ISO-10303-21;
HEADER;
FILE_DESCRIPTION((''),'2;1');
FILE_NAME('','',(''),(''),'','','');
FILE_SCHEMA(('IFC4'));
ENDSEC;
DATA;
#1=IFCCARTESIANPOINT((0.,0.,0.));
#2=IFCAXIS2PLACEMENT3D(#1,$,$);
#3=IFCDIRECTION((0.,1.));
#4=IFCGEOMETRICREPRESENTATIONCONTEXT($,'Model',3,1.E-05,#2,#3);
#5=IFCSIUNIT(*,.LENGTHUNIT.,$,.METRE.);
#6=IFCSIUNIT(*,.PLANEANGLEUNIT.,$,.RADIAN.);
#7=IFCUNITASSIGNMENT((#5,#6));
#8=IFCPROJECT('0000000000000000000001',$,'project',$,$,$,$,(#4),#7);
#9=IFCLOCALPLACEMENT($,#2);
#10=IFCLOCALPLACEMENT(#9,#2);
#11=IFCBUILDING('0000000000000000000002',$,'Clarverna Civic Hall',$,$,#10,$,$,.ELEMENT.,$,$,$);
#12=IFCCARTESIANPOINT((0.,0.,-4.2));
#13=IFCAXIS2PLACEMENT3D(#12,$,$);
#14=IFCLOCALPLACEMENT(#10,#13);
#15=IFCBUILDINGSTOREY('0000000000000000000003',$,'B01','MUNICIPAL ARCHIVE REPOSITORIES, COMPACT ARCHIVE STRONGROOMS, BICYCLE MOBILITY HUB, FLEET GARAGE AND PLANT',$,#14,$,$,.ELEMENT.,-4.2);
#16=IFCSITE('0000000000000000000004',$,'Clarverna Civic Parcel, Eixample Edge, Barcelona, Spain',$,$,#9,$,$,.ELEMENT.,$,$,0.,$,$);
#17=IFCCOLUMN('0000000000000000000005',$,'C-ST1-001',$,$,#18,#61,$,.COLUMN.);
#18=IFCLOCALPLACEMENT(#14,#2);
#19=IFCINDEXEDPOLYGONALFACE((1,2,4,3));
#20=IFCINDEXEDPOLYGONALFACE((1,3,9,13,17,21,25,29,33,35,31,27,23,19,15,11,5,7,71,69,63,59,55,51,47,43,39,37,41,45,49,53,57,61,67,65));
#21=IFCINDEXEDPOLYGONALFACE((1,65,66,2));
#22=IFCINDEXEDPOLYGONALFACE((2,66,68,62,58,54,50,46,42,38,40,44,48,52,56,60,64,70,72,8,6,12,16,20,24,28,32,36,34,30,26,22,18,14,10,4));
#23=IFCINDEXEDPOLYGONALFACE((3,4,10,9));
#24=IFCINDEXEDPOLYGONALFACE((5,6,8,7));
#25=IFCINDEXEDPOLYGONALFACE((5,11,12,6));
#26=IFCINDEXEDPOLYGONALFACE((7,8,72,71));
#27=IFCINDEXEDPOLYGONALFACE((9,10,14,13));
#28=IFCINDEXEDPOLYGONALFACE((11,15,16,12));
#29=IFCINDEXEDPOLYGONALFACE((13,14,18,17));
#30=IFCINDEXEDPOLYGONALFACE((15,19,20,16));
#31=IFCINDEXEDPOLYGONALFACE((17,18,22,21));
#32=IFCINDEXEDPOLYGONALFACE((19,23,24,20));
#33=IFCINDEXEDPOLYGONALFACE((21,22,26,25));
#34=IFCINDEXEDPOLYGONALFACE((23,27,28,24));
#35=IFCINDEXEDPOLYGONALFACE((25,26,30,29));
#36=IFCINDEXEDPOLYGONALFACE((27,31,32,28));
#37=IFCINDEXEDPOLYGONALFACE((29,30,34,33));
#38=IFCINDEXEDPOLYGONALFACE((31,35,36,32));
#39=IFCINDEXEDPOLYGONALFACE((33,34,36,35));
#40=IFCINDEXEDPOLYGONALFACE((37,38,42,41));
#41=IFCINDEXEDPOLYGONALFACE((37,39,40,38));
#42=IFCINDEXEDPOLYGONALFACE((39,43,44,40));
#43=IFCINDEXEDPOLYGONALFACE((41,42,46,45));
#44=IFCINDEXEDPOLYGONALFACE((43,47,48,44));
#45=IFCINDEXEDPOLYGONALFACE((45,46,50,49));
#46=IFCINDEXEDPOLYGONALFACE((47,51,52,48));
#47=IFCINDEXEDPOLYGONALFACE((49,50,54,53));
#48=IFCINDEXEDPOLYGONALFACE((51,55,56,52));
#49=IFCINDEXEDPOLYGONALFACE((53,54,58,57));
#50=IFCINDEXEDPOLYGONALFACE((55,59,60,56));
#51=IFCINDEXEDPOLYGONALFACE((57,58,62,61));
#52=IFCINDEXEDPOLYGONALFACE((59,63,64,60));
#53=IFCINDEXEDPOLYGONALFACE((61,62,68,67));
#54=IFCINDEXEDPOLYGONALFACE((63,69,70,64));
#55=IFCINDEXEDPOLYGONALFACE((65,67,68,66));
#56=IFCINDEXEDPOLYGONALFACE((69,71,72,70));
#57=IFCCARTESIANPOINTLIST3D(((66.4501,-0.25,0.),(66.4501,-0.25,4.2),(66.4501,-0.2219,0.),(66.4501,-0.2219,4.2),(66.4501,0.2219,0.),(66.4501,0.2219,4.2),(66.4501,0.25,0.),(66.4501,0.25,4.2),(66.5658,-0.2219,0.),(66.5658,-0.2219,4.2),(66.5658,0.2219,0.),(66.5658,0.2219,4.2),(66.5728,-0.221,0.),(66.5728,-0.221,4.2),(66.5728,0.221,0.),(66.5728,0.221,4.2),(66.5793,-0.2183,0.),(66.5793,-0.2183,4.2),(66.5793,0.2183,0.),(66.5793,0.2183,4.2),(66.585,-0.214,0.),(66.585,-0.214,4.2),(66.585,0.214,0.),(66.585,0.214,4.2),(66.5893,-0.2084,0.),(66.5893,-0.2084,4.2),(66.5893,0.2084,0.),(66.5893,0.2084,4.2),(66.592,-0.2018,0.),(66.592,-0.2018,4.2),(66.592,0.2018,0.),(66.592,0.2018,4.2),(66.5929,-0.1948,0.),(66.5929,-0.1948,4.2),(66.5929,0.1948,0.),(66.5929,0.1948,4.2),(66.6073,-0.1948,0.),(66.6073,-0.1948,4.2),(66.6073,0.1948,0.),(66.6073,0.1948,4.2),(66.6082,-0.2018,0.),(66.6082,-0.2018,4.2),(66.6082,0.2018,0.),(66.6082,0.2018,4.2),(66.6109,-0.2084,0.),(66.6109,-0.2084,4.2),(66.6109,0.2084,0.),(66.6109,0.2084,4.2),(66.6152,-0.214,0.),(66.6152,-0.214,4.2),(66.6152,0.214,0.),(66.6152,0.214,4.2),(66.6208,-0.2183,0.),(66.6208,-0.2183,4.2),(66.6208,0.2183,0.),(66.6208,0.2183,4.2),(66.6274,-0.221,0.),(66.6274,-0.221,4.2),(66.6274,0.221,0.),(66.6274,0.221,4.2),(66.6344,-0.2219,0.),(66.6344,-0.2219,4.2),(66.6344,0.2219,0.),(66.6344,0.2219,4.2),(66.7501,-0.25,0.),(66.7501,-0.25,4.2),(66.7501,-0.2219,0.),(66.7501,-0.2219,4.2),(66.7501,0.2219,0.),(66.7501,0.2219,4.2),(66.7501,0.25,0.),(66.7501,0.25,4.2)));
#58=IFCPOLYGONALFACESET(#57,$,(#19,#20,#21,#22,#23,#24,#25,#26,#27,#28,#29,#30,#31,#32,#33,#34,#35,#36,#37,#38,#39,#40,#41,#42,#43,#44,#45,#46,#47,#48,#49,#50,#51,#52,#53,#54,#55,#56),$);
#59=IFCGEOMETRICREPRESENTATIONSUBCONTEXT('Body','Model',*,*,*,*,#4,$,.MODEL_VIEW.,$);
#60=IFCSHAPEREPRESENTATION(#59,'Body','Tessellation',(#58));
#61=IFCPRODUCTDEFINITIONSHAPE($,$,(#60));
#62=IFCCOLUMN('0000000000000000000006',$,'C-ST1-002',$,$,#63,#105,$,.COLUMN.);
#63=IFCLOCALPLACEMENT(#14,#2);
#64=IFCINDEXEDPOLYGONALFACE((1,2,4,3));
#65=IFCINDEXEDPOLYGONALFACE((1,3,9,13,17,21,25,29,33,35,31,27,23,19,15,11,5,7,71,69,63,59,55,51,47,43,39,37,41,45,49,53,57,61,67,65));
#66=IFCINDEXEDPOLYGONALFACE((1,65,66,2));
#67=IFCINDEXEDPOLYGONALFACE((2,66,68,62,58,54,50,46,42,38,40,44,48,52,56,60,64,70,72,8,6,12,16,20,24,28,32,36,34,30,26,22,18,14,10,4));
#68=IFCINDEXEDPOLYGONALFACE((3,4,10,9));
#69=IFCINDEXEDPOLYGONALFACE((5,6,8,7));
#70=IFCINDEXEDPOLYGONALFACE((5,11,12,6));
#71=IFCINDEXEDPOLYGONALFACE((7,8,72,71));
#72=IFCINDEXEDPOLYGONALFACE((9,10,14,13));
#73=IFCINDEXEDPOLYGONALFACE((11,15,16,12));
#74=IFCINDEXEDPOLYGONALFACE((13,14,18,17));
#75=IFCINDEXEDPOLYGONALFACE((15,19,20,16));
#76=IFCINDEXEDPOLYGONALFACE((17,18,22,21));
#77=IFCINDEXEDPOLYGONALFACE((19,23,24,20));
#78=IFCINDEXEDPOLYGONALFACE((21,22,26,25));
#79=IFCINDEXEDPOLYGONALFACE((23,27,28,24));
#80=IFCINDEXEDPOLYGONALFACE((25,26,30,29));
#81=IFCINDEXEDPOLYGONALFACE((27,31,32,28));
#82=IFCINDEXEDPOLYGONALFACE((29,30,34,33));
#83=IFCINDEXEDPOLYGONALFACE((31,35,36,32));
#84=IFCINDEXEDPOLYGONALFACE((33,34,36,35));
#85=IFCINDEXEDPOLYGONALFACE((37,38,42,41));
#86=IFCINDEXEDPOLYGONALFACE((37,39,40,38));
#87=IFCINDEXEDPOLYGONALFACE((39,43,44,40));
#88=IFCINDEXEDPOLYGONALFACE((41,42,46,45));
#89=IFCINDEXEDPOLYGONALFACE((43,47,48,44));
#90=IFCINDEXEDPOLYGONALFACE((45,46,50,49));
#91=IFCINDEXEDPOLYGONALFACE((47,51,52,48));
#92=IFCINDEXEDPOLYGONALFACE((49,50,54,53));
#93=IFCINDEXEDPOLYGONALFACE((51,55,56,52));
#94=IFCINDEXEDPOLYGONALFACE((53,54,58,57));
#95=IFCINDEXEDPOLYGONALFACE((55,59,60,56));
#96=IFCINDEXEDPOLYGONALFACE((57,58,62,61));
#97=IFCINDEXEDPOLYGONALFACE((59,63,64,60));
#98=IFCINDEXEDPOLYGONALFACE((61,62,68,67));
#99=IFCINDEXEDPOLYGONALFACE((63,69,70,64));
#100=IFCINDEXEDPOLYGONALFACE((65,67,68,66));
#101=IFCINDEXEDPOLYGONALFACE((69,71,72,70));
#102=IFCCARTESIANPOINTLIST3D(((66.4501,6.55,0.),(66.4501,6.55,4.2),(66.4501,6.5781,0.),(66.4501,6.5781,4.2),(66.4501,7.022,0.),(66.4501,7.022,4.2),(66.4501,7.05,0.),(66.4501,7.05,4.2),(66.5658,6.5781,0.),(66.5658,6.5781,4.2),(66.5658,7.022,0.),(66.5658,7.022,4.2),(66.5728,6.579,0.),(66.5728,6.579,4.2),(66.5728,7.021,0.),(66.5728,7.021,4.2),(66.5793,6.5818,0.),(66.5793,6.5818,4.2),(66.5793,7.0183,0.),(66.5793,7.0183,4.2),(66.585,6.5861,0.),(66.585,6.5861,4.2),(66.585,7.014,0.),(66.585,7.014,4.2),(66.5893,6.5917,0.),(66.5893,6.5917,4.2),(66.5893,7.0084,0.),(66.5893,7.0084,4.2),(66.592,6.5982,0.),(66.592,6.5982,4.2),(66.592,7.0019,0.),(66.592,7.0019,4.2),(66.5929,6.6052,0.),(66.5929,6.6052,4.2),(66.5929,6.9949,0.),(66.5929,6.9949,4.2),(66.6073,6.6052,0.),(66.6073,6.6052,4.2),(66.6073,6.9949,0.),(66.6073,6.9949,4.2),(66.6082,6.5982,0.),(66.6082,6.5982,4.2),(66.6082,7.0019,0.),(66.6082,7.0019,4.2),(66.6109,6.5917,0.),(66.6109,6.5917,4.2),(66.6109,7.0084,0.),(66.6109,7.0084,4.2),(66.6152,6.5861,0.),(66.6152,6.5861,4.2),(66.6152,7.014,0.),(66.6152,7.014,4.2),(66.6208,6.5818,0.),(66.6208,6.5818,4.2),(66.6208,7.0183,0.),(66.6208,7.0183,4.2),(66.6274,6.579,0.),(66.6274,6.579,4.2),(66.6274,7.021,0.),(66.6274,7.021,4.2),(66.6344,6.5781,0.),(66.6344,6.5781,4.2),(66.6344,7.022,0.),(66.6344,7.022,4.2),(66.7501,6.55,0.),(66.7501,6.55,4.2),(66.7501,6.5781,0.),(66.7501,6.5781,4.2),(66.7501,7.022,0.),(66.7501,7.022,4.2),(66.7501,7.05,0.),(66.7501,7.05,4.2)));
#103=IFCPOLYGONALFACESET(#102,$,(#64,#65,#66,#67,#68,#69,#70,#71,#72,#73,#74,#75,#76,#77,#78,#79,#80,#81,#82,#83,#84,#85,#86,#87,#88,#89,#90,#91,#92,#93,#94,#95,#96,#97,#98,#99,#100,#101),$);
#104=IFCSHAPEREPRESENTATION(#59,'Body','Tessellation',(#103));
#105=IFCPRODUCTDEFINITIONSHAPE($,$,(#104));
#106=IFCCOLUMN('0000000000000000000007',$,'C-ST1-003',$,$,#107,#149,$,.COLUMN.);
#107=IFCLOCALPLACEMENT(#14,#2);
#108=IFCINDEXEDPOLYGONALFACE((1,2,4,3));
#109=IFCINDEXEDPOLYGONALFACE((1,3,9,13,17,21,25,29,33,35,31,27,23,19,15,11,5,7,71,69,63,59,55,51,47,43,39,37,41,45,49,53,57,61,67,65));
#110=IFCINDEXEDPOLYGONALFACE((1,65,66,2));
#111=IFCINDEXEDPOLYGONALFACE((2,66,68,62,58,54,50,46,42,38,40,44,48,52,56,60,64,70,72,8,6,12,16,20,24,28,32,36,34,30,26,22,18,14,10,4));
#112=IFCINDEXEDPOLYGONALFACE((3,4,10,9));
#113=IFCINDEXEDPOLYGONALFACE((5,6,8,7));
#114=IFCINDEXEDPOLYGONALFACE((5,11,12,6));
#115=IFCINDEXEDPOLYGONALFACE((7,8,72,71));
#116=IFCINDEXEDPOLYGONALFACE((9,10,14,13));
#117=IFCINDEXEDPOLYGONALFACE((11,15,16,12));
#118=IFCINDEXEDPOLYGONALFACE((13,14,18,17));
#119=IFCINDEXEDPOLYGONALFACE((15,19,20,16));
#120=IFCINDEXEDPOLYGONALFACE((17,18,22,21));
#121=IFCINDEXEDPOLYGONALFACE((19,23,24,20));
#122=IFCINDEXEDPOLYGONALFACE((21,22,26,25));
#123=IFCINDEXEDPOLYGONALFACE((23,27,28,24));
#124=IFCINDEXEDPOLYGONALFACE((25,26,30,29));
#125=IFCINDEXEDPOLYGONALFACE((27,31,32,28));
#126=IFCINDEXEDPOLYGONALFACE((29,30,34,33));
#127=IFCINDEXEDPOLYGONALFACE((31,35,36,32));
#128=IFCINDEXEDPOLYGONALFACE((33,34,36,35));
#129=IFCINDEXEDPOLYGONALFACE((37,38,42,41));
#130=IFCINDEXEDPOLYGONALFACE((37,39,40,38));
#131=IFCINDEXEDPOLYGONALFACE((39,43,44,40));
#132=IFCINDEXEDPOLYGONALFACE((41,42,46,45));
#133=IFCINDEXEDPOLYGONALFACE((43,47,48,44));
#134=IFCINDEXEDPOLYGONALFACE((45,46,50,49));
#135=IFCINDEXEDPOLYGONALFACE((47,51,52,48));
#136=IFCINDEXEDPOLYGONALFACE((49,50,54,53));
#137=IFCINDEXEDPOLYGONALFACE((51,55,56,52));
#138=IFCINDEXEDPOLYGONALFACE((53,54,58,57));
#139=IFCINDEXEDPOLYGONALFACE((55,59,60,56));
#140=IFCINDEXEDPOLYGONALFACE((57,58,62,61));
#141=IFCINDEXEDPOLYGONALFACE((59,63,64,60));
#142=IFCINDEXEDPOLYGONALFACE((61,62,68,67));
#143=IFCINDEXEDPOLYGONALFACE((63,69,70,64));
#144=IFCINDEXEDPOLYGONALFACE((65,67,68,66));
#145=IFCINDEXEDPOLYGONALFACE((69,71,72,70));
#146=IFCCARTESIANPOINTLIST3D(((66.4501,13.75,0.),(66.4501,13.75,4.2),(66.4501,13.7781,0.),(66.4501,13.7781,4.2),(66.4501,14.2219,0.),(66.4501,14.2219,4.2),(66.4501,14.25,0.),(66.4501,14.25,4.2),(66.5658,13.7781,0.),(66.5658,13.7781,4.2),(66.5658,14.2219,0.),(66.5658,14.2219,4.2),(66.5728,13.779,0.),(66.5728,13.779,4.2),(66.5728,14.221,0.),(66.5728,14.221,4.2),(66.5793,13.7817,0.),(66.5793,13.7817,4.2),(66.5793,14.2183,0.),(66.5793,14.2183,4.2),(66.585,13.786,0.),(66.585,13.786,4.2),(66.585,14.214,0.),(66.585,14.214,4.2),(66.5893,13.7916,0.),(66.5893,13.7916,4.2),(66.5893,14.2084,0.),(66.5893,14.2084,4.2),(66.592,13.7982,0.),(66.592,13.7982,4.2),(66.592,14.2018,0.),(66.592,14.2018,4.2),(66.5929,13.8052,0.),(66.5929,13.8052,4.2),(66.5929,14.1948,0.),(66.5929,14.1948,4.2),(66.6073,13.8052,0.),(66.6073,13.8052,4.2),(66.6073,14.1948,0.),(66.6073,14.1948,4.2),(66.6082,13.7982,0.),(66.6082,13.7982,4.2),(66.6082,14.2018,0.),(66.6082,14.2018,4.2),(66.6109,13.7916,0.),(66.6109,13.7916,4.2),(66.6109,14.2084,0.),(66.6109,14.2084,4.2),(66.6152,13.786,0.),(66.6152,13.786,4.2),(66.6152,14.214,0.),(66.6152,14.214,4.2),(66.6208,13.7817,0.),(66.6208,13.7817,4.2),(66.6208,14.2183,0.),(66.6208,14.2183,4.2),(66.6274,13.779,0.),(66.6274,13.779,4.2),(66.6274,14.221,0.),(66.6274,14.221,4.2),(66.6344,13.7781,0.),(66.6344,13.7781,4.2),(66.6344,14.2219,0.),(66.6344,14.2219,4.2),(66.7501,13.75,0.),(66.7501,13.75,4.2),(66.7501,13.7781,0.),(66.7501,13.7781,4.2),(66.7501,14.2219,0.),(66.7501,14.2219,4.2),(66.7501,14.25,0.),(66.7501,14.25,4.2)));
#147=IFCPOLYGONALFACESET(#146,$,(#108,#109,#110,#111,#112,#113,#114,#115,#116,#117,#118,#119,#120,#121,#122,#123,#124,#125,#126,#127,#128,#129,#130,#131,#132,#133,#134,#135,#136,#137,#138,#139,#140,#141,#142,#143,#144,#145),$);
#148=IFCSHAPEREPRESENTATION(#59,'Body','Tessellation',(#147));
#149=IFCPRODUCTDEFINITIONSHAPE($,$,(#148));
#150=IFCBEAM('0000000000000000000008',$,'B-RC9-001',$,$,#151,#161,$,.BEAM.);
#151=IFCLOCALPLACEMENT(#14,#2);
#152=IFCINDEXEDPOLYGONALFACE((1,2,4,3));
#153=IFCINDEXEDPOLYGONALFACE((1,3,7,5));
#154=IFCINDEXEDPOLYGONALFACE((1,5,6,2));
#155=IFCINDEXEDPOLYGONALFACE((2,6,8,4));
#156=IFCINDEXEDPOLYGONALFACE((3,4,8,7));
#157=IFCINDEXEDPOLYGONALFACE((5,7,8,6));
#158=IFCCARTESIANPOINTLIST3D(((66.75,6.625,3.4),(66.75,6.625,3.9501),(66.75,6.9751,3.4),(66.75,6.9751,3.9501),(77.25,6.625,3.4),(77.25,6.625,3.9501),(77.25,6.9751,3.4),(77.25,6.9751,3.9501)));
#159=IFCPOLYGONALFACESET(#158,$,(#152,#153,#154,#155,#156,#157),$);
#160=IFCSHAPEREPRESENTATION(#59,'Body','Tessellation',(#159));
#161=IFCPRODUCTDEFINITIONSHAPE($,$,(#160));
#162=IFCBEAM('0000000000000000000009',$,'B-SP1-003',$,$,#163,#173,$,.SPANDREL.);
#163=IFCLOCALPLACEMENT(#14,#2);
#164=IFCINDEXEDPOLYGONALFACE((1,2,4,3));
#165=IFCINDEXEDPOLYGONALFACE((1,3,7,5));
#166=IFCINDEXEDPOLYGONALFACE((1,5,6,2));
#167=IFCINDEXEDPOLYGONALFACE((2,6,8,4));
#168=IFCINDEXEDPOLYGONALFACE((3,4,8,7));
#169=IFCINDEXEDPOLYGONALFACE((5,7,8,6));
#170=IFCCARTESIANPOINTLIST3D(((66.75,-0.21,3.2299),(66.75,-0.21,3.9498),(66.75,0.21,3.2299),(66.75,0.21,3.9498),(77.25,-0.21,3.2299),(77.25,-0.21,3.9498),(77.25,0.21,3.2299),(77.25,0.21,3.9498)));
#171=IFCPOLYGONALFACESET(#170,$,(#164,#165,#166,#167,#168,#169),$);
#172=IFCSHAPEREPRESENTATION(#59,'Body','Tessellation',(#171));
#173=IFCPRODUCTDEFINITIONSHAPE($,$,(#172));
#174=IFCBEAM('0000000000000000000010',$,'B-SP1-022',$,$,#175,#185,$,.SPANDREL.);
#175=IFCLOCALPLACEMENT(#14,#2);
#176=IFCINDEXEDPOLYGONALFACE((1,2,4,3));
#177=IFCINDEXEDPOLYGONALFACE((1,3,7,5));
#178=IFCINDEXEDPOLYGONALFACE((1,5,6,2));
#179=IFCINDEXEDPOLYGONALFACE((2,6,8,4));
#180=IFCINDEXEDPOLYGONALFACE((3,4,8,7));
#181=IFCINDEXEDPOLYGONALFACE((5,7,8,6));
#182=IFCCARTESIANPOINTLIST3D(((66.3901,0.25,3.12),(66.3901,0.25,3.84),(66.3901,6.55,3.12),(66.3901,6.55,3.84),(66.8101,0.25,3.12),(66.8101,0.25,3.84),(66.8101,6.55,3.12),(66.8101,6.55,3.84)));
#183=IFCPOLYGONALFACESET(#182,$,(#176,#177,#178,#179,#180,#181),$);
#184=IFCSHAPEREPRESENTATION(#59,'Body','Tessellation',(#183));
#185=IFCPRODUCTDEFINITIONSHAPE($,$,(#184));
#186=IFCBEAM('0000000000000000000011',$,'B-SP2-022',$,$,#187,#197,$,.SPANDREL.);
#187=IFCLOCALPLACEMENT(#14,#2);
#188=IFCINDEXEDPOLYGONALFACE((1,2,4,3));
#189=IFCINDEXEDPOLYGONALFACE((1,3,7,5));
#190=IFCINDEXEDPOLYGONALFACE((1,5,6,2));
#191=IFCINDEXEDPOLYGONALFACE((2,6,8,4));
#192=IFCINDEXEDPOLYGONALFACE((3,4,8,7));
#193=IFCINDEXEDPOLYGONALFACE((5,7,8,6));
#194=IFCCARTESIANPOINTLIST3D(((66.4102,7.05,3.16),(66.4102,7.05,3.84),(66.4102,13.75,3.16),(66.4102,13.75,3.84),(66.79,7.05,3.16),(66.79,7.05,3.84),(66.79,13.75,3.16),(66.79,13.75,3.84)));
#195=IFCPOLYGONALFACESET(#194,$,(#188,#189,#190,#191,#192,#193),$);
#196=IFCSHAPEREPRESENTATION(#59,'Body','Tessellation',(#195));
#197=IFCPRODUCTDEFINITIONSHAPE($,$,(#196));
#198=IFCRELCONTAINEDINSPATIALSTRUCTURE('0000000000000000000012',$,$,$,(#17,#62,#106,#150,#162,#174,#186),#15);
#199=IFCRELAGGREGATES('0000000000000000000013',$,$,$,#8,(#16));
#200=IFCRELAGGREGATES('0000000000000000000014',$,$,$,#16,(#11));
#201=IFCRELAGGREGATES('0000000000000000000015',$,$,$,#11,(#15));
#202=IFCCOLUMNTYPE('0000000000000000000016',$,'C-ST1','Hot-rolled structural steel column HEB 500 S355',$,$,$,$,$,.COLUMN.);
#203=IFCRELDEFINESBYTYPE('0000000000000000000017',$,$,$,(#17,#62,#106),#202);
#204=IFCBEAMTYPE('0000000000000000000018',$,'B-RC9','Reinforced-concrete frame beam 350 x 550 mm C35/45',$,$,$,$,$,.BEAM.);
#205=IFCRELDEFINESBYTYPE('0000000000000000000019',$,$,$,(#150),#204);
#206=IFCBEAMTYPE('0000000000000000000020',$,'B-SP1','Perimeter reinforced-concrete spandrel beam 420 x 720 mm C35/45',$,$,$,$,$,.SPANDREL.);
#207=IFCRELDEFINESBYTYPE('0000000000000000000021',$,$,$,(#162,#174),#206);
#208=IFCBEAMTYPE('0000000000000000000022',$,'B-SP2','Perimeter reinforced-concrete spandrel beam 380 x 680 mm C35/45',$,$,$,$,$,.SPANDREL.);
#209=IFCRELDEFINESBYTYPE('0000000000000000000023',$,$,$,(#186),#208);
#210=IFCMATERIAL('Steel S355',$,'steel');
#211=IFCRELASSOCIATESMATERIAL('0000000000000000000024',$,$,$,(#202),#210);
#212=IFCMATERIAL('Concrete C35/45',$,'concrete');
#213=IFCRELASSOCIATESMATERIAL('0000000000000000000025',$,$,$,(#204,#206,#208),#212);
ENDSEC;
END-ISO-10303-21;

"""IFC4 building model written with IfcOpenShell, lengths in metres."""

from ifc_helpers import new_model, si_unit, direction, frame, origin, origin_2d, place, context, subcontext, project, spatial, rectangle, i_section, extrude, material, material_profile, profile_set, type_object, element, save


model = new_model("IFC4")

# Units and contexts
model_context = context("Model", 3, precision=1e-05, world=origin(), true_north=direction((0.0, 1.0)))
body_context = subcontext(model_context, "Body", "Model", "MODEL_VIEW")
ifc_project = project(units=[si_unit("LENGTHUNIT", "METRE"), si_unit("PLANEANGLEUNIT", "RADIAN")], contexts=[model_context])

# Site, building, storey
site_placement = place(None, origin())
site = spatial("IfcSite", under=ifc_project, at=site_placement, Name="Clarverna Civic Parcel, Eixample Edge, Barcelona, Spain", CompositionType="ELEMENT", RefElevation=0.0)
building_placement = place(site_placement, origin())
building = spatial("IfcBuilding", under=site, at=building_placement, Name="Clarverna Civic Hall", CompositionType="ELEMENT")
storey_placement = place(building_placement, frame((0.0, 0.0, -4.2)))
storey = spatial("IfcBuildingStorey", under=building, at=storey_placement, Name="B01", Description="MUNICIPAL ARCHIVE REPOSITORIES, COMPACT ARCHIVE STRONGROOMS, BICYCLE MOBILITY HUB, FLEET GARAGE AND PLANT", CompositionType="ELEMENT", Elevation=-4.2)

# Columns
ifc_material_1 = material(Name="Steel S355", Category="steel")
ifc_material_profile_1 = material_profile(ifc_material_1, i_section(OverallWidth=0.3, OverallDepth=0.5, WebThickness=0.0144, FlangeThickness=0.0281, FilletRadius=0.0271, at=origin_2d()), Name="HEB 500")
ifc_profile_set_1 = profile_set([ifc_material_profile_1], Name="Steel S355")
column_type = type_object("IfcColumnType", Name="C-ST1", Description="Hot-rolled structural steel column HEB 500 S355", PredefinedType="COLUMN", material=ifc_profile_set_1)
for number, where, z_axis, x_axis, name in (
    (1, (66.6001, 0.0, 0.0), (0.0, 0.0, 1.0), (1.0, 0.0, 0.0), "C-ST1-001"),
    (2, (66.6001, 6.8, 0.0), (0.0, 0.0, 1.0), (1.0, 0.0, 0.0), "C-ST1-002"),
    (3, (66.6001, 14.0, 0.0), (0.0, 0.0, 1.0), (1.0, 0.0, 0.0), "C-ST1-003"),
):
    element("IfcColumn", number, at=place(storey_placement, frame(where, z_axis=z_axis, x_axis=x_axis)), inside=storey, type_object=column_type, Name=name, PredefinedType="COLUMN", context=body_context, shape_type="SweptSolid", body=[
        extrude(i_section(OverallWidth=0.3, OverallDepth=0.5, WebThickness=0.0144, FlangeThickness=0.0281, FilletRadius=0.0271, at=origin_2d()), origin(), (0.0, 0.0, 1.0), 4.2),
    ])

# Beams
ifc_material_2 = material(Name="Concrete C35/45", Category="concrete")
ifc_material_profile_2 = material_profile(ifc_material_2, rectangle(XDim=0.3501, YDim=0.55, at=origin_2d()), Name="RC 350x550")
ifc_profile_set_2 = profile_set([ifc_material_profile_2], Name="Concrete C35/45")
beam_type_1 = type_object("IfcBeamType", Name="B-RC9", Description="Reinforced-concrete frame beam 350 x 550 mm C35/45", PredefinedType="BEAM", material=ifc_profile_set_2)
beam_1_placement = place(storey_placement, frame((66.75, 6.8, 3.675), z_axis=(1.0, 0.0, 0.0), x_axis=(0.0, 1.0, 0.0)))
element("IfcBeam", 4, at=beam_1_placement, inside=storey, type_object=beam_type_1, Name="B-RC9-001", PredefinedType="BEAM", context=body_context, shape_type="SweptSolid", body=[
    extrude(rectangle(XDim=0.3501, YDim=0.55, at=origin_2d()), origin(), (0.0, 0.0, 1.0), 10.5),
])
ifc_material_profile_3 = material_profile(ifc_material_2, rectangle(XDim=0.4199, YDim=0.72, at=origin_2d()), Name="RC 420x720")
ifc_profile_set_3 = profile_set([ifc_material_profile_3], Name="Concrete C35/45")
beam_type_2 = type_object("IfcBeamType", Name="B-SP1", Description="Perimeter reinforced-concrete spandrel beam 420 x 720 mm C35/45", PredefinedType="SPANDREL", material=ifc_profile_set_3)
beam_2_placement = place(storey_placement, frame((66.75, 0.0, 3.5898), z_axis=(1.0, 0.0, 0.0), x_axis=(0.0, 1.0, 0.0)))
element("IfcBeam", 5, at=beam_2_placement, inside=storey, type_object=beam_type_2, Name="B-SP1-003", PredefinedType="SPANDREL", context=body_context, shape_type="SweptSolid", body=[
    extrude(rectangle(XDim=0.4199, YDim=0.72, at=origin_2d()), origin(), (0.0, 0.0, 1.0), 10.5),
])
beam_3_placement = place(storey_placement, frame((66.6001, 0.25, 3.48), z_axis=(0.0, 1.0, 0.0), x_axis=(-1.0, 0.0, 0.0)))
element("IfcBeam", 6, at=beam_3_placement, inside=storey, type_object=beam_type_2, Name="B-SP1-022", PredefinedType="SPANDREL", context=body_context, shape_type="SweptSolid", body=[
    extrude(rectangle(XDim=0.4199, YDim=0.72, at=origin_2d()), origin(), (0.0, 0.0, 1.0), 6.3),
])
ifc_material_profile_4 = material_profile(ifc_material_2, rectangle(XDim=0.3799, YDim=0.6799, at=origin_2d()), Name="RC 380x680")
ifc_profile_set_4 = profile_set([ifc_material_profile_4], Name="Concrete C35/45")
beam_type_3 = type_object("IfcBeamType", Name="B-SP2", Description="Perimeter reinforced-concrete spandrel beam 380 x 680 mm C35/45", PredefinedType="SPANDREL", material=ifc_profile_set_4)
beam_4_placement = place(storey_placement, frame((66.6001, 7.05, 3.5), z_axis=(0.0, 1.0, 0.0), x_axis=(-1.0, 0.0, 0.0)))
element("IfcBeam", 7, at=beam_4_placement, inside=storey, type_object=beam_type_3, Name="B-SP2-022", PredefinedType="SPANDREL", context=body_context, shape_type="SweptSolid", body=[
    extrude(rectangle(XDim=0.3799, YDim=0.6799, at=origin_2d()), origin(), (0.0, 0.0, 1.0), 6.7),
])

save(model, "model.ifc")
